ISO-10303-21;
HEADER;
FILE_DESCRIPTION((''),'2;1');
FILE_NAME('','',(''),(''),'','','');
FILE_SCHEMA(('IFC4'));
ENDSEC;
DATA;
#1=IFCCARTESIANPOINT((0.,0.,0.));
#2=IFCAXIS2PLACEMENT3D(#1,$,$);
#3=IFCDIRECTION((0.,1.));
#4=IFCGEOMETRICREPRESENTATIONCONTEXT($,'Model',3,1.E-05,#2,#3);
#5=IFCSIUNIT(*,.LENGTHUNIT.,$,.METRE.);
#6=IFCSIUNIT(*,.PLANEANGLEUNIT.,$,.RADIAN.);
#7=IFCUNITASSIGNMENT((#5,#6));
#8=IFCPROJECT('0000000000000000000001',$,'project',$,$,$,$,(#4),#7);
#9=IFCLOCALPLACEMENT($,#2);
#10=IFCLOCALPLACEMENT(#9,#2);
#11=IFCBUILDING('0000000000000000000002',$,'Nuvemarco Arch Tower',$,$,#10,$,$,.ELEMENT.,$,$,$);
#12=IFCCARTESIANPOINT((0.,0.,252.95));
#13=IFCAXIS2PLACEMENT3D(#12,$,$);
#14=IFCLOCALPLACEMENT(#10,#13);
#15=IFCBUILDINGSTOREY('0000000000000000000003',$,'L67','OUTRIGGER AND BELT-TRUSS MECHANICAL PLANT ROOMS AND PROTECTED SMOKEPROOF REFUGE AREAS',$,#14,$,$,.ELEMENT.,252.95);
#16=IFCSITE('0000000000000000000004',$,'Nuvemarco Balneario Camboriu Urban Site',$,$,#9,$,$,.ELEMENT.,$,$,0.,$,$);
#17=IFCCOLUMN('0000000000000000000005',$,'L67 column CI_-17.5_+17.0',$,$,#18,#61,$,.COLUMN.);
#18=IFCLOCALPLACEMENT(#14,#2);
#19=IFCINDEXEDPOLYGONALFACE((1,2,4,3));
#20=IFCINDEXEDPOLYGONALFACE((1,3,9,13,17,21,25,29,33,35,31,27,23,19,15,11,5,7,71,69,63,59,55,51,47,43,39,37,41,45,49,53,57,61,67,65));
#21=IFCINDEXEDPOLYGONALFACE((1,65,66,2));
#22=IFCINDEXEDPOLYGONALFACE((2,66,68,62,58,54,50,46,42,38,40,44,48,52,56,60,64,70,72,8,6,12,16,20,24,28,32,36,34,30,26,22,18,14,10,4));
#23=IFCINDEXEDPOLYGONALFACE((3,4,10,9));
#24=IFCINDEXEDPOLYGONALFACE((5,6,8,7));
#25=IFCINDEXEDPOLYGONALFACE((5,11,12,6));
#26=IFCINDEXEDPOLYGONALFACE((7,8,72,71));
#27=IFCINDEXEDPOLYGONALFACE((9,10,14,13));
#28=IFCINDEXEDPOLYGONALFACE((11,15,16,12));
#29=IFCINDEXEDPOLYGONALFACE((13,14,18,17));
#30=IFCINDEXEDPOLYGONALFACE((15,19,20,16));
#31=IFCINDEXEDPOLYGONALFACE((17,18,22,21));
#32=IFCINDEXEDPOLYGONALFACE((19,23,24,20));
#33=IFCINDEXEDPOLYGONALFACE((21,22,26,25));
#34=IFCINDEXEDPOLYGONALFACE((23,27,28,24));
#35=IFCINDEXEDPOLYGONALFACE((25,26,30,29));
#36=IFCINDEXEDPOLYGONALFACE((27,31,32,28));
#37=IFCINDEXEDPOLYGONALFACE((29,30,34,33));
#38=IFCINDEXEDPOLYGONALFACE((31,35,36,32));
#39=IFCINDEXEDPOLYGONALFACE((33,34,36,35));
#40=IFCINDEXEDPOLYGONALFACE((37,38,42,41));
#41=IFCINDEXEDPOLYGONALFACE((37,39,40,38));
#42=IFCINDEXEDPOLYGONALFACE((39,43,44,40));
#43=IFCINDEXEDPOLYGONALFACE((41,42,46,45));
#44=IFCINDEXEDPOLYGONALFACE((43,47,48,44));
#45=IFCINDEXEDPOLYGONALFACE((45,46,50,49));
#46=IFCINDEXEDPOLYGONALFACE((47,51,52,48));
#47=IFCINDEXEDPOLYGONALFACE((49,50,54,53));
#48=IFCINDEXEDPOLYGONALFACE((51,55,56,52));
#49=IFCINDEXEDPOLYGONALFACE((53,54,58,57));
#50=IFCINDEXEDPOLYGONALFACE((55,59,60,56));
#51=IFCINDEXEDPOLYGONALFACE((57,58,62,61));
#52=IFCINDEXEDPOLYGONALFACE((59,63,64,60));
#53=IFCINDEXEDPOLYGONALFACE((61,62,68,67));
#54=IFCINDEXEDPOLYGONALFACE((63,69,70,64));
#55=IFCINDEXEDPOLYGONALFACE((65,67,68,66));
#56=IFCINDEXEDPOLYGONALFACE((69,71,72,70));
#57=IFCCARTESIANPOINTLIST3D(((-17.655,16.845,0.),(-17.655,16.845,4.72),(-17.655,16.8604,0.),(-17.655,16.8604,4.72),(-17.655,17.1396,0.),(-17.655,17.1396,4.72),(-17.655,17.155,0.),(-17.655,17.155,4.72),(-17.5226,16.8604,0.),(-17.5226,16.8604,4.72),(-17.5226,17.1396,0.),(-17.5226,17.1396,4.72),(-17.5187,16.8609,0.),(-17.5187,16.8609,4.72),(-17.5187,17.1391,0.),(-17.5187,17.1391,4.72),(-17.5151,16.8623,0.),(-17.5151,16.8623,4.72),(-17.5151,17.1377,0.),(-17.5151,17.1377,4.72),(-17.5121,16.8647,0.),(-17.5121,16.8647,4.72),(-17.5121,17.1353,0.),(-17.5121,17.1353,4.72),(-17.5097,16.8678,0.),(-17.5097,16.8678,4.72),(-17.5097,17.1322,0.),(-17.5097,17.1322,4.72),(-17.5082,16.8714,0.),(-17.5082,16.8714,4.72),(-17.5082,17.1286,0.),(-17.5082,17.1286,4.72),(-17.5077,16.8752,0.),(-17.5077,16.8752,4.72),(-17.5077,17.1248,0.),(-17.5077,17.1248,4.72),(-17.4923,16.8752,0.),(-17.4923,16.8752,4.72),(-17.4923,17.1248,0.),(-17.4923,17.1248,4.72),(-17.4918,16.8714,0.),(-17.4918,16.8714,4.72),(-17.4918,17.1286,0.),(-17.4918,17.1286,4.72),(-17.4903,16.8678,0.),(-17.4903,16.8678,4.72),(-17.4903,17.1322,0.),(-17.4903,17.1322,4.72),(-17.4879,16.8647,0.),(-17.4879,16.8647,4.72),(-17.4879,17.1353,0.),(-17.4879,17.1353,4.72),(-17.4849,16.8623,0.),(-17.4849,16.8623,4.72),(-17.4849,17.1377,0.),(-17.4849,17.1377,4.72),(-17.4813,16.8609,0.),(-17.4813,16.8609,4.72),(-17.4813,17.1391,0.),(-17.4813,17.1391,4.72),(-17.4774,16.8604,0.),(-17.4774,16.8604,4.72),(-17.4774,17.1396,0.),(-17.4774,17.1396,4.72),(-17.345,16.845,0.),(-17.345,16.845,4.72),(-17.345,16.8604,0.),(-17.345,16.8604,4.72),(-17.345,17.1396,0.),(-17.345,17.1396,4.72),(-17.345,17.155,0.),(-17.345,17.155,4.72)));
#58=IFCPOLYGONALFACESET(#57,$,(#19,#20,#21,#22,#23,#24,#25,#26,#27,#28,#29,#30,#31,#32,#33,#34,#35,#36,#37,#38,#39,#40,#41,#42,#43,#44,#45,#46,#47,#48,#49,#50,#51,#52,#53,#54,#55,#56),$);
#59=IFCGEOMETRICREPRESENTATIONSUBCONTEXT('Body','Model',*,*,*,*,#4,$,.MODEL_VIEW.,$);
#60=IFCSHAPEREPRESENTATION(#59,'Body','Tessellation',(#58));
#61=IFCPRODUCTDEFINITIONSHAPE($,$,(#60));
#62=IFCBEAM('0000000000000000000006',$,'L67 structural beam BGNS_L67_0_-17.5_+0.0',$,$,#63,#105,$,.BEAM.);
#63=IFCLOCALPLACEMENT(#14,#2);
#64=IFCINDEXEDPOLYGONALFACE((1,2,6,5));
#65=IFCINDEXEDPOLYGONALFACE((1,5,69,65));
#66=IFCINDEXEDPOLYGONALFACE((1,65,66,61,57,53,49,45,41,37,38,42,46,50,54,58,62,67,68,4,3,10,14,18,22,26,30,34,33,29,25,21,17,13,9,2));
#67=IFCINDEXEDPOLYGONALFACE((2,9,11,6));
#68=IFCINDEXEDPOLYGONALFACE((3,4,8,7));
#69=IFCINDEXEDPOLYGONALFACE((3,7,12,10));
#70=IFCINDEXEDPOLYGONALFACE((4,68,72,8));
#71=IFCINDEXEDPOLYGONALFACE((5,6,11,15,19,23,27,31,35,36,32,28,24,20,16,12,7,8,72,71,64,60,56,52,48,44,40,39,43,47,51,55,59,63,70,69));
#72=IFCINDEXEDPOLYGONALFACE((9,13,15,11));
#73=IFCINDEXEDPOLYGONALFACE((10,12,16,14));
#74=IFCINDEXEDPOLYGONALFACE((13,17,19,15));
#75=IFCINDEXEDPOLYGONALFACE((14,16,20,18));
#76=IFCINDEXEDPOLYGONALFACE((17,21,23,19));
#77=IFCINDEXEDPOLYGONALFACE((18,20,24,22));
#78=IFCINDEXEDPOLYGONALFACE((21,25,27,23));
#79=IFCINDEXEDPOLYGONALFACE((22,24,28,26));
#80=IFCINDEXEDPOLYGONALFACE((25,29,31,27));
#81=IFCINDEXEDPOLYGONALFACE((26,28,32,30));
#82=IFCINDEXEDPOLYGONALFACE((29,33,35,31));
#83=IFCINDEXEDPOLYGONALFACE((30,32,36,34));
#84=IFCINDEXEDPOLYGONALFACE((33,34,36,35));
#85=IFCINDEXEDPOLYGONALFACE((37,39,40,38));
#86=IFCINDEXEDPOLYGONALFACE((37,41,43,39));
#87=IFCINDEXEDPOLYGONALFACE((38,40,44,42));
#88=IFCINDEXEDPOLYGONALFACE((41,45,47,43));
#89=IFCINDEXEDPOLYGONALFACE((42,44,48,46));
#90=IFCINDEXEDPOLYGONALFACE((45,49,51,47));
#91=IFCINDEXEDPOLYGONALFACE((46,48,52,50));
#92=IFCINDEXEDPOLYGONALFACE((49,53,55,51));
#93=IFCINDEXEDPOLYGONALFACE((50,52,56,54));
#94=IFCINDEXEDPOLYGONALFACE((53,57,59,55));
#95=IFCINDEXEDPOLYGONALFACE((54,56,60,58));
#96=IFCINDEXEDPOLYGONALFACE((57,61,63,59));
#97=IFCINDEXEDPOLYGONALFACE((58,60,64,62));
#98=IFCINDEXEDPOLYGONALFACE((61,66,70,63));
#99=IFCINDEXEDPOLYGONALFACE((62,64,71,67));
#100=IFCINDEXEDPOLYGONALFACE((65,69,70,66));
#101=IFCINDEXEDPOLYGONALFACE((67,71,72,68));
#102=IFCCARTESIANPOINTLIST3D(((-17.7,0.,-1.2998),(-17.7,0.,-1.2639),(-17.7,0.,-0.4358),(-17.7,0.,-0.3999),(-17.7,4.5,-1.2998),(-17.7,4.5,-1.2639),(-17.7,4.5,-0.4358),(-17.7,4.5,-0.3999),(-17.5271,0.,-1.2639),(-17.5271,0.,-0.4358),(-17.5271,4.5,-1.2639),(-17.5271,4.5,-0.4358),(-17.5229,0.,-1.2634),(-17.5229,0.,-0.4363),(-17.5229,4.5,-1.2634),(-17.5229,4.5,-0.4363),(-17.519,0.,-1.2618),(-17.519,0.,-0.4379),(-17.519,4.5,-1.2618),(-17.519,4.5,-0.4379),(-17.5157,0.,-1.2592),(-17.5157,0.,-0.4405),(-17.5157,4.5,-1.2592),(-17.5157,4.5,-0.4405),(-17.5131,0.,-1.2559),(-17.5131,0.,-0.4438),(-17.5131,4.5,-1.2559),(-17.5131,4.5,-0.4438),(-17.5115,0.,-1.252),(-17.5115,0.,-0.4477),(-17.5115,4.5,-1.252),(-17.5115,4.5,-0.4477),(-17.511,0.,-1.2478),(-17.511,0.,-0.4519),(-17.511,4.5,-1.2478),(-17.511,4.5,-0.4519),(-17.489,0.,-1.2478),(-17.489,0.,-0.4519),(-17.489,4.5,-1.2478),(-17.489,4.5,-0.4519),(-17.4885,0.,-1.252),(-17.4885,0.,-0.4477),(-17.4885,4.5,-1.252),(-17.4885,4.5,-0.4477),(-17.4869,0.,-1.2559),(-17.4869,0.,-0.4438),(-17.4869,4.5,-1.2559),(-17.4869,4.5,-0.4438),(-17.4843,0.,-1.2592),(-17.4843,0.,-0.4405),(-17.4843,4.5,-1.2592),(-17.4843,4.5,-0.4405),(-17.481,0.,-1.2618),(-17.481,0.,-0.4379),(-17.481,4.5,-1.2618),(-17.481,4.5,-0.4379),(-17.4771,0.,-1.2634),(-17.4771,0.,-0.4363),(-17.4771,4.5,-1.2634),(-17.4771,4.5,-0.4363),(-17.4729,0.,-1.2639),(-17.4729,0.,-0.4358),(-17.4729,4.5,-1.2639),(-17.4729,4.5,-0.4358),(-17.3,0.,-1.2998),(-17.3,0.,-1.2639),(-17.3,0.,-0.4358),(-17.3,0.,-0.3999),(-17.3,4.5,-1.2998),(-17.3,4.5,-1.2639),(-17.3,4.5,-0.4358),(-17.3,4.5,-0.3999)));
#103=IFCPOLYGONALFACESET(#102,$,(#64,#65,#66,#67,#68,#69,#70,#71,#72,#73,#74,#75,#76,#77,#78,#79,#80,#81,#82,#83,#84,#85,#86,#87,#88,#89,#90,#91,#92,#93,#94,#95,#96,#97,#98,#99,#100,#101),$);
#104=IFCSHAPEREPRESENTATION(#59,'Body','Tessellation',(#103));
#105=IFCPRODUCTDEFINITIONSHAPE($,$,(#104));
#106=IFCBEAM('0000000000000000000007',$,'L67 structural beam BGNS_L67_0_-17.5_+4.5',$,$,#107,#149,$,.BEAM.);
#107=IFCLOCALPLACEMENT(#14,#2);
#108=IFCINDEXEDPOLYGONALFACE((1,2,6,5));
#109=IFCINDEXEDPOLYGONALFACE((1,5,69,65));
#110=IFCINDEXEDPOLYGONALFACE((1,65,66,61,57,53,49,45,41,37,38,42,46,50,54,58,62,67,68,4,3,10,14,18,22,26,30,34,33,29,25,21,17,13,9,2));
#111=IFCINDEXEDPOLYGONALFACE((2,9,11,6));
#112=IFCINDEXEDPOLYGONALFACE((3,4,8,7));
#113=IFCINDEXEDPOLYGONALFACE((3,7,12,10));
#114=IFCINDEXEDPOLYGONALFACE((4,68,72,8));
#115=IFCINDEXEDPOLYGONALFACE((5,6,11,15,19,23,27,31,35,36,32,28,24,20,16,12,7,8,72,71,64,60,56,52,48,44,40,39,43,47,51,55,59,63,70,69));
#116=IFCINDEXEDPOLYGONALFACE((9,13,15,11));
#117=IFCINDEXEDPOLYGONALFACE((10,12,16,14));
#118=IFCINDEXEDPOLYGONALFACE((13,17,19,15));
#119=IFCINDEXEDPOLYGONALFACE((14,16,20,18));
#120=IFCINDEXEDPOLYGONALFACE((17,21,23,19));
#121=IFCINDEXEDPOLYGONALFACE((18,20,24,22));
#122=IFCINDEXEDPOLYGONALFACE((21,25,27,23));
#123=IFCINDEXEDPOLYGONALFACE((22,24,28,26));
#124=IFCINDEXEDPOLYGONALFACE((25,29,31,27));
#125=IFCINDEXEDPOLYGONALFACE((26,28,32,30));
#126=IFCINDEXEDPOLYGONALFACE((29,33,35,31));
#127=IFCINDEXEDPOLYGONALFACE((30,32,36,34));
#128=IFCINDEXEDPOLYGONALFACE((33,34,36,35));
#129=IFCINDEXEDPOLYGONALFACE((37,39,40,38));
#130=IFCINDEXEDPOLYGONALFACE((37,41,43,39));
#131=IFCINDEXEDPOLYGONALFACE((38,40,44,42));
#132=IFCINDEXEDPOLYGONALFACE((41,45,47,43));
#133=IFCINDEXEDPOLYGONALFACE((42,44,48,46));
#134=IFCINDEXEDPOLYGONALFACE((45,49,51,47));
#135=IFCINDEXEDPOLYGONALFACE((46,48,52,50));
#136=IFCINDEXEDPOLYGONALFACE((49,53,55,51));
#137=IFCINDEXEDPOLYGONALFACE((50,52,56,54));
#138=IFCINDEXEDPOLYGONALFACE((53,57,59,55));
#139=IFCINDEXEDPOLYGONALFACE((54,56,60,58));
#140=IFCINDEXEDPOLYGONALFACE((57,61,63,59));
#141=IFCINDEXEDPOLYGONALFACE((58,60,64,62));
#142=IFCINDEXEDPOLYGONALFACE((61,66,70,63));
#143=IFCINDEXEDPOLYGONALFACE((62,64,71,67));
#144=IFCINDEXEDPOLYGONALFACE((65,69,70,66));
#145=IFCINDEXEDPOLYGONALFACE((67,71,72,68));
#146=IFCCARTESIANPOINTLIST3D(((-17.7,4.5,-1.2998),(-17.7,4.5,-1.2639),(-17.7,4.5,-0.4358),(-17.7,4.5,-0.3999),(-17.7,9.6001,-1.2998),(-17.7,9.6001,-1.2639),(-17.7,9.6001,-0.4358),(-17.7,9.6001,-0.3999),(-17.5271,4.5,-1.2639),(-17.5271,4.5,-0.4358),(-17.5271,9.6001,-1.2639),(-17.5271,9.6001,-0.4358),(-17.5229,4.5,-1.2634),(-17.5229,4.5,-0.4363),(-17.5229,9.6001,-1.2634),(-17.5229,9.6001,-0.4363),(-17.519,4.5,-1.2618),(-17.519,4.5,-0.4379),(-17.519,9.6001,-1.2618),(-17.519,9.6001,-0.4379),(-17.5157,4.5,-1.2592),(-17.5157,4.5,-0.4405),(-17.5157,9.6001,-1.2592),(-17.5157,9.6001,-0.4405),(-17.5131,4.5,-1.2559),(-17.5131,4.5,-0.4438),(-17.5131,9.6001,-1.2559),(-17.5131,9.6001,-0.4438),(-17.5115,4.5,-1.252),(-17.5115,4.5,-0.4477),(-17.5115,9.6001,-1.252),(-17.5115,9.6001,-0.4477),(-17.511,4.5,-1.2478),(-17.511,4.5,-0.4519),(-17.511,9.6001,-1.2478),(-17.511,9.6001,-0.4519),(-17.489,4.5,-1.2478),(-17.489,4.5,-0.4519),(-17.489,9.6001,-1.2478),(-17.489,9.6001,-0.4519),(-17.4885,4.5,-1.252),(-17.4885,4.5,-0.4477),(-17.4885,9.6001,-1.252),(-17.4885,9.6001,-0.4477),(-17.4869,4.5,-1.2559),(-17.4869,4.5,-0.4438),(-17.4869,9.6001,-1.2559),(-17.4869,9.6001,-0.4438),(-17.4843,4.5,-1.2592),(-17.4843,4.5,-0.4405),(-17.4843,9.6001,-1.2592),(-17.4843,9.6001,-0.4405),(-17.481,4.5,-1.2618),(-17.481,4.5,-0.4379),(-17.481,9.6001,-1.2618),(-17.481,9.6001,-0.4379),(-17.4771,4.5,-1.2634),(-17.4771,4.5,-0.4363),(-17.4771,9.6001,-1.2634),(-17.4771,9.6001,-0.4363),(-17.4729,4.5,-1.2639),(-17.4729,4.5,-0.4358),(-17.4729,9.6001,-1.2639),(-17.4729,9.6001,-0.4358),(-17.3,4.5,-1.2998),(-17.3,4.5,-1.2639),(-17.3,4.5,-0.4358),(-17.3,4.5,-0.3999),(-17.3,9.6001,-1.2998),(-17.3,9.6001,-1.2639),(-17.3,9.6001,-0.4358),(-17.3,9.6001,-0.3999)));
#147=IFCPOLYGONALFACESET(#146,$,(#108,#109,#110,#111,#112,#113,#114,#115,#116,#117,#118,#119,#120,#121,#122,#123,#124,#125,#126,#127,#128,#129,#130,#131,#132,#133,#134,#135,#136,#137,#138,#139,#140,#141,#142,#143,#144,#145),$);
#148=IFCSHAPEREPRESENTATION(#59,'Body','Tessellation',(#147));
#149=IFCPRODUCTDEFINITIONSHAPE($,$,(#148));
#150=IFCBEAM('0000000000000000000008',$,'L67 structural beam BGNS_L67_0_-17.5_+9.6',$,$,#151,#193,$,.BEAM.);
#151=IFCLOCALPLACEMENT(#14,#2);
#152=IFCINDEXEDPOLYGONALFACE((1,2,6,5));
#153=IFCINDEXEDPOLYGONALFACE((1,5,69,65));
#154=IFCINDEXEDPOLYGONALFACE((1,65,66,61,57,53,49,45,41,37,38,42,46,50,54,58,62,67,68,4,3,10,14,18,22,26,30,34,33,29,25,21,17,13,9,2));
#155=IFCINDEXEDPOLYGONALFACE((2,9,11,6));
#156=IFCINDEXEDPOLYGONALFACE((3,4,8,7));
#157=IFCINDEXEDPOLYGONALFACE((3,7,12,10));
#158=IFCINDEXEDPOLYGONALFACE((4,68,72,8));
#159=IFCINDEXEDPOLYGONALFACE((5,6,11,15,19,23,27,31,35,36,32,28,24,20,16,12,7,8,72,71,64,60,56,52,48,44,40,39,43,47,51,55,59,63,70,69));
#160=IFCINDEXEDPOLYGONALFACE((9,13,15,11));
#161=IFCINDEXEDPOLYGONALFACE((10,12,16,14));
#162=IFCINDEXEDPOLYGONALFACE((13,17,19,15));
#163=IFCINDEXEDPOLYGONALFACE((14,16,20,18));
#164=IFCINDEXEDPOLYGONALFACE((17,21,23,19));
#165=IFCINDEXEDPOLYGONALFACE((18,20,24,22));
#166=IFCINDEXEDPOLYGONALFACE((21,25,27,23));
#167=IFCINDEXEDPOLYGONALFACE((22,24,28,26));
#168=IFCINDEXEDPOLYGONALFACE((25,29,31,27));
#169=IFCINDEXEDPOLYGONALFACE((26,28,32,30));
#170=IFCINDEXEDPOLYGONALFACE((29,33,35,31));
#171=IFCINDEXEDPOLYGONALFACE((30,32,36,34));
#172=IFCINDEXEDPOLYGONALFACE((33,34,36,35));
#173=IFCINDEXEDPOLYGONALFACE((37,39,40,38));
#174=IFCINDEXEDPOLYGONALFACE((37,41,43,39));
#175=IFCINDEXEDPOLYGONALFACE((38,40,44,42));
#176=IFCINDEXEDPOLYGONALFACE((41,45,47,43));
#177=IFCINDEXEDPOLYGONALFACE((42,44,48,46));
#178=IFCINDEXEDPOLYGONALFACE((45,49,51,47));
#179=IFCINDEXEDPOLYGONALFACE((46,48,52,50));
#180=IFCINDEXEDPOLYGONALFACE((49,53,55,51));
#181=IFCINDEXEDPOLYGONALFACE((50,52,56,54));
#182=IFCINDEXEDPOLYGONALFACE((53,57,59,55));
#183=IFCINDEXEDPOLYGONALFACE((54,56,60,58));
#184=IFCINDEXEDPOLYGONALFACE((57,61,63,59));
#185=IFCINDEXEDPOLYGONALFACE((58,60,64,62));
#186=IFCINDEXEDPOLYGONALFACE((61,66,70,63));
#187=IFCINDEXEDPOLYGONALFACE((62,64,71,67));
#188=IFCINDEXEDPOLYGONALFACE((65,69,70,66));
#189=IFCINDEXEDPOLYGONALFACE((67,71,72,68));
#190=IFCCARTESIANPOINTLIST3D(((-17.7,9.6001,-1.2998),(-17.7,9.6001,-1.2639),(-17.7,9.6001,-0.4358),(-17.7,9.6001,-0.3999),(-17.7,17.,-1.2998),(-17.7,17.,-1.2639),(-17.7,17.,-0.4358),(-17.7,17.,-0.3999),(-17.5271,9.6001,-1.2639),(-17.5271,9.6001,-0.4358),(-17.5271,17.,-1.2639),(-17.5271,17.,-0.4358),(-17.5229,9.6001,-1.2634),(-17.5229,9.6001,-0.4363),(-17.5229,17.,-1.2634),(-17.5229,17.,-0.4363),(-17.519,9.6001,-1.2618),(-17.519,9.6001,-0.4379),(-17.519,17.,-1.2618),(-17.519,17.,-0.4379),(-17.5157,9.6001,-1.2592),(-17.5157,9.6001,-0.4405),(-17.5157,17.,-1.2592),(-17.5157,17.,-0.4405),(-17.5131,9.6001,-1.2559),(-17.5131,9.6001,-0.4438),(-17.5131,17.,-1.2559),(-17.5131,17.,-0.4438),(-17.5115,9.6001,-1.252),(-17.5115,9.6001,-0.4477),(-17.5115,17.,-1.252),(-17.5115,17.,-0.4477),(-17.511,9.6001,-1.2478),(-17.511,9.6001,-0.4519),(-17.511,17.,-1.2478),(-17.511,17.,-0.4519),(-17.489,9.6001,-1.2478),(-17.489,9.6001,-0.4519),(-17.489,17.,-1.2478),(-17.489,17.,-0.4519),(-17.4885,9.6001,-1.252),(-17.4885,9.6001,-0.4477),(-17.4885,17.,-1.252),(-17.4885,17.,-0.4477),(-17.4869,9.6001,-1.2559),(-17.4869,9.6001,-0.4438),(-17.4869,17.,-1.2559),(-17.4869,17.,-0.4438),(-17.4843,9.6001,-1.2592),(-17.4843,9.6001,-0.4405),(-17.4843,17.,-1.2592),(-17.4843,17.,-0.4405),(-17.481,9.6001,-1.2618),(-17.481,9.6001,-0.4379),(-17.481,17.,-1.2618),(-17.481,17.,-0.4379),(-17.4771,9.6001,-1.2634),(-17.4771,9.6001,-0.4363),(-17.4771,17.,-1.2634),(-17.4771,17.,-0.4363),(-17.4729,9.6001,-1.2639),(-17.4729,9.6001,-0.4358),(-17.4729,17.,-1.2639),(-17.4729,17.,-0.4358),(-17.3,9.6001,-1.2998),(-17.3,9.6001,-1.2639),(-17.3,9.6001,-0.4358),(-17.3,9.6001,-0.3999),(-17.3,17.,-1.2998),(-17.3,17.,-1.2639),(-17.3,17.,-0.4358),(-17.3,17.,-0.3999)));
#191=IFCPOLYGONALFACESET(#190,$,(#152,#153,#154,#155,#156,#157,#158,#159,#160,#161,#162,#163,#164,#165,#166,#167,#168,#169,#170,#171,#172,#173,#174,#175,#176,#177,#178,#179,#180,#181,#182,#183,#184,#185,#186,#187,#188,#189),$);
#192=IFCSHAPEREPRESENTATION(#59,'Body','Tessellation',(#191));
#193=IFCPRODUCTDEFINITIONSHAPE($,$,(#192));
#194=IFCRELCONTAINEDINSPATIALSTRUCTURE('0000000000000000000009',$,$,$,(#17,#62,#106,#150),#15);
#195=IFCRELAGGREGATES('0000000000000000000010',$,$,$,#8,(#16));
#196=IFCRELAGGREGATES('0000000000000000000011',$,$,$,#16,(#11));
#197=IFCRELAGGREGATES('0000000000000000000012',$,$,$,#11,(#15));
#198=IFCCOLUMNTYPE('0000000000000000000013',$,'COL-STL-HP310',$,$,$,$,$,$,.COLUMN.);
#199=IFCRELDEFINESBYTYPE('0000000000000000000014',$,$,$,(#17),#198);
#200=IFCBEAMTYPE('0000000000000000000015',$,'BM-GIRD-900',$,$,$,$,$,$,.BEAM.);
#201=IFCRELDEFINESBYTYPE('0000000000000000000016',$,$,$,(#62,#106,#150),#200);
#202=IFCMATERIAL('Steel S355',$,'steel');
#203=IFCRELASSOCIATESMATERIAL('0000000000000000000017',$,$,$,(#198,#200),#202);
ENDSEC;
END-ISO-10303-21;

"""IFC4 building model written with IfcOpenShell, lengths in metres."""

from ifc_helpers import new_model, si_unit, direction, frame, origin, origin_2d, place, context, subcontext, project, spatial, i_section, extrude, material, material_profile, profile_set, type_object, element, save


model = new_model("IFC4")

# Units and contexts
model_context = context("Model", 3, precision=1e-05, world=origin(), true_north=direction((0.0, 1.0)))
body_context = subcontext(model_context, "Body", "Model", "MODEL_VIEW")
ifc_project = project(units=[si_unit("LENGTHUNIT", "METRE"), si_unit("PLANEANGLEUNIT", "RADIAN")], contexts=[model_context])

# Site, building, storey
site_placement = place(None, origin())
site = spatial("IfcSite", under=ifc_project, at=site_placement, Name="Nuvemarco Balneario Camboriu Urban Site", CompositionType="ELEMENT", RefElevation=0.0)
building_placement = place(site_placement, origin())
building = spatial("IfcBuilding", under=site, at=building_placement, Name="Nuvemarco Arch Tower", CompositionType="ELEMENT")
storey_placement = place(building_placement, frame((0.0, 0.0, 252.95)))
storey = spatial("IfcBuildingStorey", under=building, at=storey_placement, Name="L67", Description="OUTRIGGER AND BELT-TRUSS MECHANICAL PLANT ROOMS AND PROTECTED SMOKEPROOF REFUGE AREAS", CompositionType="ELEMENT", Elevation=252.95)

# Column
ifc_material_1 = material(Name="Steel S355", Category="steel")
ifc_material_profile_1 = material_profile(ifc_material_1, i_section(OverallWidth=0.3101, OverallDepth=0.3101, WebThickness=0.0154, FlangeThickness=0.0154, FilletRadius=0.0149, at=origin_2d()), Name="HP310x110")
ifc_profile_set_1 = profile_set([ifc_material_profile_1], Name="Steel S355")
column_type_1 = type_object("IfcColumnType", Name="COL-STL-HP310", PredefinedType="COLUMN", material=ifc_profile_set_1)
column_placement = place(storey_placement, frame((-17.5, 17.0, 0.0), z_axis=(0.0, 0.0, 1.0), x_axis=(1.0, 0.0, 0.0)))
element("IfcColumn", 1, at=column_placement, inside=storey, type_object=column_type_1, Name="L67 column CI_-17.5_+17.0", PredefinedType="COLUMN", context=body_context, shape_type="SweptSolid", body=[
    extrude(i_section(OverallWidth=0.3101, OverallDepth=0.3101, WebThickness=0.0154, FlangeThickness=0.0154, FilletRadius=0.0149, at=origin_2d()), origin(), (0.0, 0.0, 1.0), 4.72),
])

# Beams
ifc_material_profile_2 = material_profile(ifc_material_1, i_section(OverallWidth=0.3999, OverallDepth=0.8999, WebThickness=0.022, FlangeThickness=0.0359, FilletRadius=0.0161, at=origin_2d()), Name="PG900x400")
ifc_profile_set_2 = profile_set([ifc_material_profile_2], Name="Steel S355")
beam_type_1 = type_object("IfcBeamType", Name="BM-GIRD-900", PredefinedType="BEAM", material=ifc_profile_set_2)
beam_1_placement = place(storey_placement, frame((-17.5, 0.0, -0.8499), z_axis=(0.0, 1.0, 0.0), x_axis=(-1.0, 0.0, 0.0)))
element("IfcBeam", 2, at=beam_1_placement, inside=storey, type_object=beam_type_1, Name="L67 structural beam BGNS_L67_0_-17.5_+0.0", PredefinedType="BEAM", context=body_context, shape_type="SweptSolid", body=[
    extrude(i_section(OverallWidth=0.3999, OverallDepth=0.8999, WebThickness=0.022, FlangeThickness=0.0359, FilletRadius=0.0161, at=origin_2d()), origin(), (0.0, 0.0, 1.0), 4.5),
])
beam_2_placement = place(storey_placement, frame((-17.5, 4.5, -0.8499), z_axis=(0.0, 1.0, 0.0), x_axis=(-1.0, 0.0, 0.0)))
element("IfcBeam", 3, at=beam_2_placement, inside=storey, type_object=beam_type_1, Name="L67 structural beam BGNS_L67_0_-17.5_+4.5", PredefinedType="BEAM", context=body_context, shape_type="SweptSolid", body=[
    extrude(i_section(OverallWidth=0.3999, OverallDepth=0.8999, WebThickness=0.022, FlangeThickness=0.0359, FilletRadius=0.0161, at=origin_2d()), origin(), (0.0, 0.0, 1.0), 5.1001),
])
beam_3_placement = place(storey_placement, frame((-17.5, 9.6001, -0.8499), z_axis=(0.0, 1.0, 0.0), x_axis=(-1.0, 0.0, 0.0)))
element("IfcBeam", 4, at=beam_3_placement, inside=storey, type_object=beam_type_1, Name="L67 structural beam BGNS_L67_0_-17.5_+9.6", PredefinedType="BEAM", context=body_context, shape_type="SweptSolid", body=[
    extrude(i_section(OverallWidth=0.3999, OverallDepth=0.8999, WebThickness=0.022, FlangeThickness=0.0359, FilletRadius=0.0161, at=origin_2d()), origin(), (0.0, 0.0, 1.0), 7.3999),
])

save(model, "model.ifc")
